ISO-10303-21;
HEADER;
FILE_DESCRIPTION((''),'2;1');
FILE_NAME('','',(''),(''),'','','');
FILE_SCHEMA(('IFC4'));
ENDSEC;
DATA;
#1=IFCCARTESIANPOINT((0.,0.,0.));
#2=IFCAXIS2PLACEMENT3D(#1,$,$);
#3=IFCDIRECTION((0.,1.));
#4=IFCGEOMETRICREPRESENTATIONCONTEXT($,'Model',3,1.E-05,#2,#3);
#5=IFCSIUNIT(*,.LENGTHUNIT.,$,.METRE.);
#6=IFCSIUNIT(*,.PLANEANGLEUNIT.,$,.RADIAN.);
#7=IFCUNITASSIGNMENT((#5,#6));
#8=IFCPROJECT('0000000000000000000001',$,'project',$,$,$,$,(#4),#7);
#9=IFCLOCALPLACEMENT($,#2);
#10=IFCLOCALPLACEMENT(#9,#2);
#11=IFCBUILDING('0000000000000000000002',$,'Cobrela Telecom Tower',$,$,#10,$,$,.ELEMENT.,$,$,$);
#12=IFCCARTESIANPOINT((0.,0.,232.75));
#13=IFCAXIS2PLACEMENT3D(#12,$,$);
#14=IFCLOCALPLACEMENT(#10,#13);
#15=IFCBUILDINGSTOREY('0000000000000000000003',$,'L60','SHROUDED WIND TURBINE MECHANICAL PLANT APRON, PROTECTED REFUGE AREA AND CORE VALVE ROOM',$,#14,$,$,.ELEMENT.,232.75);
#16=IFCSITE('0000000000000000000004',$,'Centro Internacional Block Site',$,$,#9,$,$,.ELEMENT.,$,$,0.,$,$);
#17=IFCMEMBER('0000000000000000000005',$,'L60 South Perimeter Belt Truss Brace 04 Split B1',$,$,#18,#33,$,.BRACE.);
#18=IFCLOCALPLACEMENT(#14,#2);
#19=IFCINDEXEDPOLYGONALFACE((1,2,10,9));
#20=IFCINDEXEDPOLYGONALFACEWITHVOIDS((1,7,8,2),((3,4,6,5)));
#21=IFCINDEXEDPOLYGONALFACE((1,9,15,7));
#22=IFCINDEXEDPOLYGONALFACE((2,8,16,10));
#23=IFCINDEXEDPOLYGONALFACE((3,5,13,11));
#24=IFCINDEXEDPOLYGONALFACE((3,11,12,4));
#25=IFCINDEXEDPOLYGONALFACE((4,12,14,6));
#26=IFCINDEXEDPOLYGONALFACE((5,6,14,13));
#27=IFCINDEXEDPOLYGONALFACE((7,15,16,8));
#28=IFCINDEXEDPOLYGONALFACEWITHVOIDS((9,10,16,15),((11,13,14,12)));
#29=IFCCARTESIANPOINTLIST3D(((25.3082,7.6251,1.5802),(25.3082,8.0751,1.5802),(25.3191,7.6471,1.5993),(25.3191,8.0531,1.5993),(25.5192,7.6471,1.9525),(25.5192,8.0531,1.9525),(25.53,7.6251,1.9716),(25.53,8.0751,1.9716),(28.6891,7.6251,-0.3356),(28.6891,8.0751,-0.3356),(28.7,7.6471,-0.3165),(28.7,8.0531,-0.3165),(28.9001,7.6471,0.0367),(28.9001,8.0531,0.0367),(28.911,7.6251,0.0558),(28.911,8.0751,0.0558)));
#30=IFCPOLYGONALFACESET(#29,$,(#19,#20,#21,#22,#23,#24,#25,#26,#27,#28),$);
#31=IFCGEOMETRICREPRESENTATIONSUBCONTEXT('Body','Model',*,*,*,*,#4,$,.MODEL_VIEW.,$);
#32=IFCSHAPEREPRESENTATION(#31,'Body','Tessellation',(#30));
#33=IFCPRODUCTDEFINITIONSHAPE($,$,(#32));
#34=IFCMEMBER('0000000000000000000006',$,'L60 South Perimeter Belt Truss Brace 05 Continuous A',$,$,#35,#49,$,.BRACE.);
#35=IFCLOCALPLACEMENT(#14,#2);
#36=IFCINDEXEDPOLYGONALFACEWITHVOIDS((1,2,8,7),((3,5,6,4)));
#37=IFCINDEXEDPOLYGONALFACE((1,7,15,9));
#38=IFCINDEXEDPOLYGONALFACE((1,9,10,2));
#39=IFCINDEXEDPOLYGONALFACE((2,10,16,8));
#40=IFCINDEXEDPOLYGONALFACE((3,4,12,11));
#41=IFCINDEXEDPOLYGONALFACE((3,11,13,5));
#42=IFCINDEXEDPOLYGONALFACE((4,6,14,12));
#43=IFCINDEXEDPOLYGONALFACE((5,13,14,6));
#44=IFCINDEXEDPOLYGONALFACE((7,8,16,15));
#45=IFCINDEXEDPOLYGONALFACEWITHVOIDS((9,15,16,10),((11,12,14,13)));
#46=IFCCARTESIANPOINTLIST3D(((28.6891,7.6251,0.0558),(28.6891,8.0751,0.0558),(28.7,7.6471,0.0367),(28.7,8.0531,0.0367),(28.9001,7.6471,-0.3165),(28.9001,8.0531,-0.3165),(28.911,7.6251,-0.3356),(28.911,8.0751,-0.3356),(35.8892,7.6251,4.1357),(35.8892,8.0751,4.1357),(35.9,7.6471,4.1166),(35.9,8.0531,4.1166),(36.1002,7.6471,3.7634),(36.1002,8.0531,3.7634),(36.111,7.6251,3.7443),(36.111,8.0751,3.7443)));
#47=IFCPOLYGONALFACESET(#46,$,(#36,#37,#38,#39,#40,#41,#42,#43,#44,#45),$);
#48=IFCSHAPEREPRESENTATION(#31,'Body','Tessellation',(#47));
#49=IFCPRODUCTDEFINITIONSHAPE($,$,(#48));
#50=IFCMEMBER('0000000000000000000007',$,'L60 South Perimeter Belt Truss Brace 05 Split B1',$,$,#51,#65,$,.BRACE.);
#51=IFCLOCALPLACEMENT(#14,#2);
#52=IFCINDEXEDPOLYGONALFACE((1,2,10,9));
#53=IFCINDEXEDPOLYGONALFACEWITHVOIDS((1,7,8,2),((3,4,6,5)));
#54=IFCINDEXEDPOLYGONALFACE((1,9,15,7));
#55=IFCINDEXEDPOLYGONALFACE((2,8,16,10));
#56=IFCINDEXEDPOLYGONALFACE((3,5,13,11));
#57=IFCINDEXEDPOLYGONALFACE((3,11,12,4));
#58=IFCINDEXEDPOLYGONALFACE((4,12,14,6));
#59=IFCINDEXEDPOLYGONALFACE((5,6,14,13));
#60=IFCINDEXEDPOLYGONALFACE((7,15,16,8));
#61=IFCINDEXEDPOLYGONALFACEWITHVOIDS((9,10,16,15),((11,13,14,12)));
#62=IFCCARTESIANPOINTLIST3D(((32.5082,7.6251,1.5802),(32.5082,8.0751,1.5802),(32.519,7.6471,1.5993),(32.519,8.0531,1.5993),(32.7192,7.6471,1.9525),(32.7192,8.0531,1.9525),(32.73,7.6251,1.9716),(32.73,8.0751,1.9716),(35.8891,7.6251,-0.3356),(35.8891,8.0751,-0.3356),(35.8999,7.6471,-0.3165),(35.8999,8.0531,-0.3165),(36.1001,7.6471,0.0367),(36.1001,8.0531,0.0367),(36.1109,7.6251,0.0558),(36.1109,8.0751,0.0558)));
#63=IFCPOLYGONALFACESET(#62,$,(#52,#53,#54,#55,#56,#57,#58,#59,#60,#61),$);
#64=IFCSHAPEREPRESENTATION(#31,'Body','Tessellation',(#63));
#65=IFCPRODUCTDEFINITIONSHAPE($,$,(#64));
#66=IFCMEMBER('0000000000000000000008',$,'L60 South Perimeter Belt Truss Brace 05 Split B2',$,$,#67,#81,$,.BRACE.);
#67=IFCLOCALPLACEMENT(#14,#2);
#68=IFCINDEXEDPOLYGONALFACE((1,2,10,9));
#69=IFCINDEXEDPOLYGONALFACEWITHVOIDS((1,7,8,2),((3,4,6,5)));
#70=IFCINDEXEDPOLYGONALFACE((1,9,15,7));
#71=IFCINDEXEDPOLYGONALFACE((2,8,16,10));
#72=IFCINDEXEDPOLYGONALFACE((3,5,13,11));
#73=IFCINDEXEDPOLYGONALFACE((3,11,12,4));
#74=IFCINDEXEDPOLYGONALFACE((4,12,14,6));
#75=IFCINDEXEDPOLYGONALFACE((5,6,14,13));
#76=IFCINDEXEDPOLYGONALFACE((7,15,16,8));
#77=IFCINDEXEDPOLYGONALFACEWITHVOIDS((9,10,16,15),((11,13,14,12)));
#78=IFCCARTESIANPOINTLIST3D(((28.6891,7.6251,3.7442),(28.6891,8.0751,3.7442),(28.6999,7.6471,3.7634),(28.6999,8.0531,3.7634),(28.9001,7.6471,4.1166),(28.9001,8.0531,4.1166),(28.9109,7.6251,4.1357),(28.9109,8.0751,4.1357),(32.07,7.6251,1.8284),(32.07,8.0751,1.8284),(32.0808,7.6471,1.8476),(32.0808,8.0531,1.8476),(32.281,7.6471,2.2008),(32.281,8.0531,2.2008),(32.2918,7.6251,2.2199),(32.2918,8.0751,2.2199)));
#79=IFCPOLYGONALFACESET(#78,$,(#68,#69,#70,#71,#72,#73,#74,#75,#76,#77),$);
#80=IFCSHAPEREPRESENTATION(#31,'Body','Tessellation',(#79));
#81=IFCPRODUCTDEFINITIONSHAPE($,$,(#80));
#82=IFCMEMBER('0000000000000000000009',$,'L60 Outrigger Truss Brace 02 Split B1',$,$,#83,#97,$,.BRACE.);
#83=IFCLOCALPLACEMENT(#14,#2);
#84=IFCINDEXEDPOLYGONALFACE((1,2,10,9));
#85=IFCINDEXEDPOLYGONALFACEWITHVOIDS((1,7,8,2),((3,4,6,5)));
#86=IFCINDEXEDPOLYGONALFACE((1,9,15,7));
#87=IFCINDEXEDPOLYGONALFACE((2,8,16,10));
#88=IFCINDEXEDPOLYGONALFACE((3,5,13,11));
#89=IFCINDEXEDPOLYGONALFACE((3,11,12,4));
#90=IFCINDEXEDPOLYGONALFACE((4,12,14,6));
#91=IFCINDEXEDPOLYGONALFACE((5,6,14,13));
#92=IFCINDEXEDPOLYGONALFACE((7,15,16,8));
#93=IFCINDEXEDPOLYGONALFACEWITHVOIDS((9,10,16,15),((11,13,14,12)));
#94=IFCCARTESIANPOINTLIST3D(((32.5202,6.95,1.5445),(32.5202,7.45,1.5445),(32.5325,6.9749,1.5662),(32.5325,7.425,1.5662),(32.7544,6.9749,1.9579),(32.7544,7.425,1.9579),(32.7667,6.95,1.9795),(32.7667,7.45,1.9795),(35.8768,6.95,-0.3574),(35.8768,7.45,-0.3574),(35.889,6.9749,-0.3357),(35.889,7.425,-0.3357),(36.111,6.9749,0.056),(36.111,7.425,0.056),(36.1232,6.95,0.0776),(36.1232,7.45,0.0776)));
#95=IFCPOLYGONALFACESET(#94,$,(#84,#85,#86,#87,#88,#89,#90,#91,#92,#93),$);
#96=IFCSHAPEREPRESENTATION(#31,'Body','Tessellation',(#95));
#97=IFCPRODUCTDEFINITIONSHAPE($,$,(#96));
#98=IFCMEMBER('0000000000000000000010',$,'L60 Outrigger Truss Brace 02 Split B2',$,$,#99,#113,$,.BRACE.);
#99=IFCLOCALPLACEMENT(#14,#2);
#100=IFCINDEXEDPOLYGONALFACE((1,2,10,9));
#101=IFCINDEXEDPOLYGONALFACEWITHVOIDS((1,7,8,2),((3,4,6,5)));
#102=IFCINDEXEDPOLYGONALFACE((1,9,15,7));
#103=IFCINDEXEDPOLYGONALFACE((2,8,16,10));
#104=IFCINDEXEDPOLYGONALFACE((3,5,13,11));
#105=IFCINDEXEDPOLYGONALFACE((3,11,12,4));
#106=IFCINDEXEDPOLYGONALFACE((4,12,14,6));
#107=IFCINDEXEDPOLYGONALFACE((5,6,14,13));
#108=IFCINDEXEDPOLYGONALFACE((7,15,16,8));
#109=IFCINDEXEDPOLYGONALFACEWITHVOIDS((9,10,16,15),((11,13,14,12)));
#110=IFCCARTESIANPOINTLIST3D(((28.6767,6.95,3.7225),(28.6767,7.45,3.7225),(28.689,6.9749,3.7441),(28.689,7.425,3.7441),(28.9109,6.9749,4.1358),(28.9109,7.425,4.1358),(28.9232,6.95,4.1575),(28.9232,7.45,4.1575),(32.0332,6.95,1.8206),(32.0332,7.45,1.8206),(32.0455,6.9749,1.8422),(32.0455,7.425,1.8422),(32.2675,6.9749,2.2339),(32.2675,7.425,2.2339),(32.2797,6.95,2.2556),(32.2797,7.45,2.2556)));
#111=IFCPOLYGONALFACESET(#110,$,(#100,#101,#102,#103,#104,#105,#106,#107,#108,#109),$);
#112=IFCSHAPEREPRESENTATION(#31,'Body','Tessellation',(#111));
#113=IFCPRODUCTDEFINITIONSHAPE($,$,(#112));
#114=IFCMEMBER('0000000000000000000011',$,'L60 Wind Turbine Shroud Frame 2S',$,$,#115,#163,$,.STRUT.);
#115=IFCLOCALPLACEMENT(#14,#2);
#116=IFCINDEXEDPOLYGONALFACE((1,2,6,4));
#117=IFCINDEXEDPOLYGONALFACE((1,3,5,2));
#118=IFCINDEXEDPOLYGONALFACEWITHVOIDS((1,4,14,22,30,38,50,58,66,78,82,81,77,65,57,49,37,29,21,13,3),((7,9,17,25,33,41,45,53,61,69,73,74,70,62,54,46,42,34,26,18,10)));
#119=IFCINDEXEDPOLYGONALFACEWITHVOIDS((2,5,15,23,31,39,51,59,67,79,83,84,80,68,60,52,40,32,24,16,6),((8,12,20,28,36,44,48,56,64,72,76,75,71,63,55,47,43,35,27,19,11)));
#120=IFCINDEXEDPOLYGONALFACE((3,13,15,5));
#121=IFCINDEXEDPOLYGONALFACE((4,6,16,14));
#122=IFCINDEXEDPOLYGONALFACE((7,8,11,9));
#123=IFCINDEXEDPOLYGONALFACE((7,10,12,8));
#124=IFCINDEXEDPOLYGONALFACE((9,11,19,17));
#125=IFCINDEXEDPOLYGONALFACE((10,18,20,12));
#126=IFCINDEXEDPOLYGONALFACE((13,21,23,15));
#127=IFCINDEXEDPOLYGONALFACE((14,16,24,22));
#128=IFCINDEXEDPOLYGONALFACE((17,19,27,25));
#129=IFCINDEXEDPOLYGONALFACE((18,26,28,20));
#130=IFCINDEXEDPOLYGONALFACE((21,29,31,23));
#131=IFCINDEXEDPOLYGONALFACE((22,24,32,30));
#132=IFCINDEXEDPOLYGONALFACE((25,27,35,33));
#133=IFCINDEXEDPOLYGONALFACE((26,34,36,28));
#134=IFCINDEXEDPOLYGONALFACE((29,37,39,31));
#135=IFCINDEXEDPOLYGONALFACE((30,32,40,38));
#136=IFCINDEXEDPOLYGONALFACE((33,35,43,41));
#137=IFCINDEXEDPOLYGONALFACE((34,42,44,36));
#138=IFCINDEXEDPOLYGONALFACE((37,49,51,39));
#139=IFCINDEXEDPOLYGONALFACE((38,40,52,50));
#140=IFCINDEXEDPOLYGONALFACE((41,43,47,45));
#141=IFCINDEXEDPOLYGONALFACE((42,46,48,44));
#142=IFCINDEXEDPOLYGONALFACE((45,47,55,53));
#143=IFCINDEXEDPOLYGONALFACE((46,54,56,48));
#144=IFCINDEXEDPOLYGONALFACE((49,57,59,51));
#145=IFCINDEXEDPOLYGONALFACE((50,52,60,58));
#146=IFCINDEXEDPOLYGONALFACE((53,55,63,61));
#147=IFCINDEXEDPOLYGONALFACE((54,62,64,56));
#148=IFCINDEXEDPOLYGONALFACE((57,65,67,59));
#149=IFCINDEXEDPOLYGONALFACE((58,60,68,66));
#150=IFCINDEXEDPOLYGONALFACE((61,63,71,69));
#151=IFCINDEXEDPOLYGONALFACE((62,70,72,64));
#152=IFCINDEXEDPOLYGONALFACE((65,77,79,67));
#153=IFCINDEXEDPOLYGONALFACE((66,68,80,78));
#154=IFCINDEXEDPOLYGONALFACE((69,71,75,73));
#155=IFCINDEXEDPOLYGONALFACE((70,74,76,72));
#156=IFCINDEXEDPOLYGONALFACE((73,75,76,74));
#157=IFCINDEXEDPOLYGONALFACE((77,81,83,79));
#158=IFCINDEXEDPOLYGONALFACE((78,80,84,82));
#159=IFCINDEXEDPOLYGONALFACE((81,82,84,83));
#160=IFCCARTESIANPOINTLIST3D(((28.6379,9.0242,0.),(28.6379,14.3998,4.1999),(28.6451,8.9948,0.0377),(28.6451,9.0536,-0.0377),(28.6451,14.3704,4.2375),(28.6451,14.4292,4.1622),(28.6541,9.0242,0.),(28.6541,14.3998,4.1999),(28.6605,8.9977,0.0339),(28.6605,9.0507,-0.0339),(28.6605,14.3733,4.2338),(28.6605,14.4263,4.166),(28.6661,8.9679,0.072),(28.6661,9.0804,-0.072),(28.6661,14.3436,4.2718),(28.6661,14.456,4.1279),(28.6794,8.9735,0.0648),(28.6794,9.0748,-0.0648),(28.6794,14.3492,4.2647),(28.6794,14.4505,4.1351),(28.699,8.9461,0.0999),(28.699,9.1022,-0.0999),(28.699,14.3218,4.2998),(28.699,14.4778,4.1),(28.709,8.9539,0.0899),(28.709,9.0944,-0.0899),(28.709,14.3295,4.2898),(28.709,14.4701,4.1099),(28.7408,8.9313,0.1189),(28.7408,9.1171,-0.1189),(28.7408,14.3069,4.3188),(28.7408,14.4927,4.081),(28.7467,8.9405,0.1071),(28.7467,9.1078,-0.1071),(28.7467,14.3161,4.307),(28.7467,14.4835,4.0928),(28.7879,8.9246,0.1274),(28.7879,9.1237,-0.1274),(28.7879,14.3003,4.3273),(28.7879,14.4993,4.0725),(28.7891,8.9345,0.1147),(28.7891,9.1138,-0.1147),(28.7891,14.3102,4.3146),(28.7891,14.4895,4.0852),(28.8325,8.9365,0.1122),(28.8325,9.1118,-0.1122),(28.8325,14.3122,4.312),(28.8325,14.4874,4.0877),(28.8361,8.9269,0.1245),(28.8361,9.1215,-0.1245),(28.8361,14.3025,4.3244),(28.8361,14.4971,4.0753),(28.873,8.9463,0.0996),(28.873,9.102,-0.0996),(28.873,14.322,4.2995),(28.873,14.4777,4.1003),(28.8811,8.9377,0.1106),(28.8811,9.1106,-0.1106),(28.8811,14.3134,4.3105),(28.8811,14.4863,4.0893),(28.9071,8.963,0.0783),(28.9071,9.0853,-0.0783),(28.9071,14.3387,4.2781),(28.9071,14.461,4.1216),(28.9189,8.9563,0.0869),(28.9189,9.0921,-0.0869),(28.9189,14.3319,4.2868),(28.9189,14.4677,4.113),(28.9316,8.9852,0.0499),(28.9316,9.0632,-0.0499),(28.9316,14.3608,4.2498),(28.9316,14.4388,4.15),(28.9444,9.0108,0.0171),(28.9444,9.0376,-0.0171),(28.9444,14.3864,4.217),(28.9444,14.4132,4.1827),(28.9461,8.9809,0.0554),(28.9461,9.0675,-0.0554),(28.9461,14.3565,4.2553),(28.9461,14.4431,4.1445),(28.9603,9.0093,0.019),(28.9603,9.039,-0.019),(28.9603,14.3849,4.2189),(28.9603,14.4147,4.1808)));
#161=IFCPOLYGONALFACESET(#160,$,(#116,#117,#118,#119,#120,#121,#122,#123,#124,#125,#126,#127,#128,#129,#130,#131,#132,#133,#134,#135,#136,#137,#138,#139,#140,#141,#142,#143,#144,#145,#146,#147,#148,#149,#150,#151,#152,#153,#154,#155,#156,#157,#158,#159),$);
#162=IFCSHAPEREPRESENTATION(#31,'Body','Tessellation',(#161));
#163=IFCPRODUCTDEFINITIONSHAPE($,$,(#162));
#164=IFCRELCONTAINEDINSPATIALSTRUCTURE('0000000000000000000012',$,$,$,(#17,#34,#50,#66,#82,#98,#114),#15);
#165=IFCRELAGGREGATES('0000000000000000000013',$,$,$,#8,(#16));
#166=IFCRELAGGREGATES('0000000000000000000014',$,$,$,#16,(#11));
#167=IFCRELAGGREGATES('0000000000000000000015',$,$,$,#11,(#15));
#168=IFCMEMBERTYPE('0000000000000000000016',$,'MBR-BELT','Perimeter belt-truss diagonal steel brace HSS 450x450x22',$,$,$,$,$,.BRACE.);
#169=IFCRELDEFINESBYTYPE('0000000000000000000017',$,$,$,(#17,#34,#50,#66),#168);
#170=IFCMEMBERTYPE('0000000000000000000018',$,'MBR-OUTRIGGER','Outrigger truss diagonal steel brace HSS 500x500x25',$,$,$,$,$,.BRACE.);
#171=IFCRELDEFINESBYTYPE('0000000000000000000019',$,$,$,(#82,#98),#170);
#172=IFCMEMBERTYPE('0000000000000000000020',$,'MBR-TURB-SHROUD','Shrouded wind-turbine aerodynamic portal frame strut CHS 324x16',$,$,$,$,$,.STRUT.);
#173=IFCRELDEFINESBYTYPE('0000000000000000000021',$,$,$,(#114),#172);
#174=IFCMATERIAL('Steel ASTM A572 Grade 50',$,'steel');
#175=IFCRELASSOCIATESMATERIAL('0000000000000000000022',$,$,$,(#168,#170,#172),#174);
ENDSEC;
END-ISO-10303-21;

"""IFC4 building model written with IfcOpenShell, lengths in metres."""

from ifc_helpers import new_model, si_unit, direction, frame, origin, origin_2d, place, context, subcontext, project, spatial, hollow_rectangle, hollow_circle, extrude, material, material_profile, profile_set, type_object, element, save


model = new_model("IFC4")

# Units and contexts
model_context = context("Model", 3, precision=1e-05, world=origin(), true_north=direction((0.0, 1.0)))
body_context = subcontext(model_context, "Body", "Model", "MODEL_VIEW")
ifc_project = project(units=[si_unit("LENGTHUNIT", "METRE"), si_unit("PLANEANGLEUNIT", "RADIAN")], contexts=[model_context])

# Site, building, storey
site_placement = place(None, origin())
site = spatial("IfcSite", under=ifc_project, at=site_placement, Name="Centro Internacional Block Site", CompositionType="ELEMENT", RefElevation=0.0)
building_placement = place(site_placement, origin())
building = spatial("IfcBuilding", under=site, at=building_placement, Name="Cobrela Telecom Tower", CompositionType="ELEMENT")
storey_placement = place(building_placement, frame((0.0, 0.0, 232.75)))
storey = spatial("IfcBuildingStorey", under=building, at=storey_placement, Name="L60", Description="SHROUDED WIND TURBINE MECHANICAL PLANT APRON, PROTECTED REFUGE AREA AND CORE VALVE ROOM", CompositionType="ELEMENT", Elevation=232.75)

# Shared definitions
ifc_material_1 = material(Name="Steel ASTM A572 Grade 50", Category="steel")

# Members
ifc_material_profile_1 = material_profile(ifc_material_1, hollow_rectangle(XDim=0.45, YDim=0.45, WallThickness=0.022, at=origin_2d()), Name="HSS 450x450x22")
ifc_profile_set_1 = profile_set([ifc_material_profile_1], Name="Steel ASTM A572 Grade 50")
member_type_1 = type_object("IfcMemberType", Name="MBR-BELT", Description="Perimeter belt-truss diagonal steel brace HSS 450x450x22", PredefinedType="BRACE", material=ifc_profile_set_1)
member_1_placement = place(storey_placement, frame((28.8, 7.8501, -0.1399), z_axis=(-0.870028, 0.0, 0.493003), x_axis=(0.0, -1.0, 0.0)))
element("IfcMember", 1, at=member_1_placement, inside=storey, type_object=member_type_1, Name="L60 South Perimeter Belt Truss Brace 04 Split B1", PredefinedType="BRACE", context=body_context, shape_type="SweptSolid", body=[
    extrude(hollow_rectangle(XDim=0.45, YDim=0.45, WallThickness=0.022, at=origin_2d()), origin(), (0.0, 0.0, 1.0), 3.886),
])
member_2_placement = place(storey_placement, frame((28.8, 7.8501, -0.1399), z_axis=(0.870029, 0.0, 0.493), x_axis=(0.0, 1.0, 0.0)))
element("IfcMember", 2, at=member_2_placement, inside=storey, type_object=member_type_1, Name="L60 South Perimeter Belt Truss Brace 05 Continuous A", PredefinedType="BRACE", context=body_context, shape_type="SweptSolid", body=[
    extrude(hollow_rectangle(XDim=0.45, YDim=0.45, WallThickness=0.022, at=origin_2d()), origin(), (0.0, 0.0, 1.0), 8.2756),
])
for number, where, z_axis, x_axis, name in (
    (3, (36.0, 7.8501, -0.1399), (-0.870028, 0.0, 0.493003), (0.0, -1.0, 0.0), "L60 South Perimeter Belt Truss Brace 05 Split B1"),
    (4, (32.1809, 7.8501, 2.0242), (-0.870028, 0.0, 0.493003), (0.0, -1.0, 0.0), "L60 South Perimeter Belt Truss Brace 05 Split B2"),
):
    element("IfcMember", number, at=place(storey_placement, frame(where, z_axis=z_axis, x_axis=x_axis)), inside=storey, type_object=member_type_1, Name=name, PredefinedType="BRACE", context=body_context, shape_type="SweptSolid", body=[
        extrude(hollow_rectangle(XDim=0.45, YDim=0.45, WallThickness=0.022, at=origin_2d()), origin(), (0.0, 0.0, 1.0), 3.886),
    ])
ifc_material_profile_2 = material_profile(ifc_material_1, hollow_rectangle(XDim=0.5, YDim=0.5, WallThickness=0.0249, at=origin_2d()), Name="HSS 500x500x25")
ifc_profile_set_2 = profile_set([ifc_material_profile_2], Name="Steel ASTM A572 Grade 50")
member_type_2 = type_object("IfcMemberType", Name="MBR-OUTRIGGER", Description="Outrigger truss diagonal steel brace HSS 500x500x25", PredefinedType="BRACE", material=ifc_profile_set_2)
for number, where, z_axis, x_axis, name in (
    (5, (36.0, 7.2, -0.1399), (-0.870037, 0.0, 0.492987), (0.0, -1.0, 0.0), "L60 Outrigger Truss Brace 02 Split B1"),
    (6, (32.1565, 7.2, 2.0381), (-0.870037, 0.0, 0.492987), (0.0, -1.0, 0.0), "L60 Outrigger Truss Brace 02 Split B2"),
):
    element("IfcMember", number, at=place(storey_placement, frame(where, z_axis=z_axis, x_axis=x_axis)), inside=storey, type_object=member_type_2, Name=name, PredefinedType="BRACE", context=body_context, shape_type="SweptSolid", body=[
        extrude(hollow_rectangle(XDim=0.5, YDim=0.5, WallThickness=0.0249, at=origin_2d()), origin(), (0.0, 0.0, 1.0), 3.8579),
    ])
ifc_material_profile_3 = material_profile(ifc_material_1, hollow_circle(Radius=0.1621, WallThickness=0.0161, at=origin_2d()), Name="CHS 324x16")
ifc_profile_set_3 = profile_set([ifc_material_profile_3], Name="Steel ASTM A572 Grade 50")
member_type_3 = type_object("IfcMemberType", Name="MBR-TURB-SHROUD", Description="Shrouded wind-turbine aerodynamic portal frame strut CHS 324x16", PredefinedType="STRUT", material=ifc_profile_set_3)
for number, where, z_axis, x_axis, name in (
    (7, (28.8, 9.0242, 0.0), (0.0, 0.788013, 0.615659), (-1.0, 0.0, 0.0), "L60 Wind Turbine Shroud Frame 2S"),
):
    element("IfcMember", number, at=place(storey_placement, frame(where, z_axis=z_axis, x_axis=x_axis)), inside=storey, type_object=member_type_3, Name=name, PredefinedType="STRUT", context=body_context, shape_type="SweptSolid", body=[
        extrude(hollow_circle(Radius=0.1621, WallThickness=0.0161, at=origin_2d()), origin(), (0.0, 0.0, 1.0), 6.8218),
    ])

save(model, "model.ifc")
